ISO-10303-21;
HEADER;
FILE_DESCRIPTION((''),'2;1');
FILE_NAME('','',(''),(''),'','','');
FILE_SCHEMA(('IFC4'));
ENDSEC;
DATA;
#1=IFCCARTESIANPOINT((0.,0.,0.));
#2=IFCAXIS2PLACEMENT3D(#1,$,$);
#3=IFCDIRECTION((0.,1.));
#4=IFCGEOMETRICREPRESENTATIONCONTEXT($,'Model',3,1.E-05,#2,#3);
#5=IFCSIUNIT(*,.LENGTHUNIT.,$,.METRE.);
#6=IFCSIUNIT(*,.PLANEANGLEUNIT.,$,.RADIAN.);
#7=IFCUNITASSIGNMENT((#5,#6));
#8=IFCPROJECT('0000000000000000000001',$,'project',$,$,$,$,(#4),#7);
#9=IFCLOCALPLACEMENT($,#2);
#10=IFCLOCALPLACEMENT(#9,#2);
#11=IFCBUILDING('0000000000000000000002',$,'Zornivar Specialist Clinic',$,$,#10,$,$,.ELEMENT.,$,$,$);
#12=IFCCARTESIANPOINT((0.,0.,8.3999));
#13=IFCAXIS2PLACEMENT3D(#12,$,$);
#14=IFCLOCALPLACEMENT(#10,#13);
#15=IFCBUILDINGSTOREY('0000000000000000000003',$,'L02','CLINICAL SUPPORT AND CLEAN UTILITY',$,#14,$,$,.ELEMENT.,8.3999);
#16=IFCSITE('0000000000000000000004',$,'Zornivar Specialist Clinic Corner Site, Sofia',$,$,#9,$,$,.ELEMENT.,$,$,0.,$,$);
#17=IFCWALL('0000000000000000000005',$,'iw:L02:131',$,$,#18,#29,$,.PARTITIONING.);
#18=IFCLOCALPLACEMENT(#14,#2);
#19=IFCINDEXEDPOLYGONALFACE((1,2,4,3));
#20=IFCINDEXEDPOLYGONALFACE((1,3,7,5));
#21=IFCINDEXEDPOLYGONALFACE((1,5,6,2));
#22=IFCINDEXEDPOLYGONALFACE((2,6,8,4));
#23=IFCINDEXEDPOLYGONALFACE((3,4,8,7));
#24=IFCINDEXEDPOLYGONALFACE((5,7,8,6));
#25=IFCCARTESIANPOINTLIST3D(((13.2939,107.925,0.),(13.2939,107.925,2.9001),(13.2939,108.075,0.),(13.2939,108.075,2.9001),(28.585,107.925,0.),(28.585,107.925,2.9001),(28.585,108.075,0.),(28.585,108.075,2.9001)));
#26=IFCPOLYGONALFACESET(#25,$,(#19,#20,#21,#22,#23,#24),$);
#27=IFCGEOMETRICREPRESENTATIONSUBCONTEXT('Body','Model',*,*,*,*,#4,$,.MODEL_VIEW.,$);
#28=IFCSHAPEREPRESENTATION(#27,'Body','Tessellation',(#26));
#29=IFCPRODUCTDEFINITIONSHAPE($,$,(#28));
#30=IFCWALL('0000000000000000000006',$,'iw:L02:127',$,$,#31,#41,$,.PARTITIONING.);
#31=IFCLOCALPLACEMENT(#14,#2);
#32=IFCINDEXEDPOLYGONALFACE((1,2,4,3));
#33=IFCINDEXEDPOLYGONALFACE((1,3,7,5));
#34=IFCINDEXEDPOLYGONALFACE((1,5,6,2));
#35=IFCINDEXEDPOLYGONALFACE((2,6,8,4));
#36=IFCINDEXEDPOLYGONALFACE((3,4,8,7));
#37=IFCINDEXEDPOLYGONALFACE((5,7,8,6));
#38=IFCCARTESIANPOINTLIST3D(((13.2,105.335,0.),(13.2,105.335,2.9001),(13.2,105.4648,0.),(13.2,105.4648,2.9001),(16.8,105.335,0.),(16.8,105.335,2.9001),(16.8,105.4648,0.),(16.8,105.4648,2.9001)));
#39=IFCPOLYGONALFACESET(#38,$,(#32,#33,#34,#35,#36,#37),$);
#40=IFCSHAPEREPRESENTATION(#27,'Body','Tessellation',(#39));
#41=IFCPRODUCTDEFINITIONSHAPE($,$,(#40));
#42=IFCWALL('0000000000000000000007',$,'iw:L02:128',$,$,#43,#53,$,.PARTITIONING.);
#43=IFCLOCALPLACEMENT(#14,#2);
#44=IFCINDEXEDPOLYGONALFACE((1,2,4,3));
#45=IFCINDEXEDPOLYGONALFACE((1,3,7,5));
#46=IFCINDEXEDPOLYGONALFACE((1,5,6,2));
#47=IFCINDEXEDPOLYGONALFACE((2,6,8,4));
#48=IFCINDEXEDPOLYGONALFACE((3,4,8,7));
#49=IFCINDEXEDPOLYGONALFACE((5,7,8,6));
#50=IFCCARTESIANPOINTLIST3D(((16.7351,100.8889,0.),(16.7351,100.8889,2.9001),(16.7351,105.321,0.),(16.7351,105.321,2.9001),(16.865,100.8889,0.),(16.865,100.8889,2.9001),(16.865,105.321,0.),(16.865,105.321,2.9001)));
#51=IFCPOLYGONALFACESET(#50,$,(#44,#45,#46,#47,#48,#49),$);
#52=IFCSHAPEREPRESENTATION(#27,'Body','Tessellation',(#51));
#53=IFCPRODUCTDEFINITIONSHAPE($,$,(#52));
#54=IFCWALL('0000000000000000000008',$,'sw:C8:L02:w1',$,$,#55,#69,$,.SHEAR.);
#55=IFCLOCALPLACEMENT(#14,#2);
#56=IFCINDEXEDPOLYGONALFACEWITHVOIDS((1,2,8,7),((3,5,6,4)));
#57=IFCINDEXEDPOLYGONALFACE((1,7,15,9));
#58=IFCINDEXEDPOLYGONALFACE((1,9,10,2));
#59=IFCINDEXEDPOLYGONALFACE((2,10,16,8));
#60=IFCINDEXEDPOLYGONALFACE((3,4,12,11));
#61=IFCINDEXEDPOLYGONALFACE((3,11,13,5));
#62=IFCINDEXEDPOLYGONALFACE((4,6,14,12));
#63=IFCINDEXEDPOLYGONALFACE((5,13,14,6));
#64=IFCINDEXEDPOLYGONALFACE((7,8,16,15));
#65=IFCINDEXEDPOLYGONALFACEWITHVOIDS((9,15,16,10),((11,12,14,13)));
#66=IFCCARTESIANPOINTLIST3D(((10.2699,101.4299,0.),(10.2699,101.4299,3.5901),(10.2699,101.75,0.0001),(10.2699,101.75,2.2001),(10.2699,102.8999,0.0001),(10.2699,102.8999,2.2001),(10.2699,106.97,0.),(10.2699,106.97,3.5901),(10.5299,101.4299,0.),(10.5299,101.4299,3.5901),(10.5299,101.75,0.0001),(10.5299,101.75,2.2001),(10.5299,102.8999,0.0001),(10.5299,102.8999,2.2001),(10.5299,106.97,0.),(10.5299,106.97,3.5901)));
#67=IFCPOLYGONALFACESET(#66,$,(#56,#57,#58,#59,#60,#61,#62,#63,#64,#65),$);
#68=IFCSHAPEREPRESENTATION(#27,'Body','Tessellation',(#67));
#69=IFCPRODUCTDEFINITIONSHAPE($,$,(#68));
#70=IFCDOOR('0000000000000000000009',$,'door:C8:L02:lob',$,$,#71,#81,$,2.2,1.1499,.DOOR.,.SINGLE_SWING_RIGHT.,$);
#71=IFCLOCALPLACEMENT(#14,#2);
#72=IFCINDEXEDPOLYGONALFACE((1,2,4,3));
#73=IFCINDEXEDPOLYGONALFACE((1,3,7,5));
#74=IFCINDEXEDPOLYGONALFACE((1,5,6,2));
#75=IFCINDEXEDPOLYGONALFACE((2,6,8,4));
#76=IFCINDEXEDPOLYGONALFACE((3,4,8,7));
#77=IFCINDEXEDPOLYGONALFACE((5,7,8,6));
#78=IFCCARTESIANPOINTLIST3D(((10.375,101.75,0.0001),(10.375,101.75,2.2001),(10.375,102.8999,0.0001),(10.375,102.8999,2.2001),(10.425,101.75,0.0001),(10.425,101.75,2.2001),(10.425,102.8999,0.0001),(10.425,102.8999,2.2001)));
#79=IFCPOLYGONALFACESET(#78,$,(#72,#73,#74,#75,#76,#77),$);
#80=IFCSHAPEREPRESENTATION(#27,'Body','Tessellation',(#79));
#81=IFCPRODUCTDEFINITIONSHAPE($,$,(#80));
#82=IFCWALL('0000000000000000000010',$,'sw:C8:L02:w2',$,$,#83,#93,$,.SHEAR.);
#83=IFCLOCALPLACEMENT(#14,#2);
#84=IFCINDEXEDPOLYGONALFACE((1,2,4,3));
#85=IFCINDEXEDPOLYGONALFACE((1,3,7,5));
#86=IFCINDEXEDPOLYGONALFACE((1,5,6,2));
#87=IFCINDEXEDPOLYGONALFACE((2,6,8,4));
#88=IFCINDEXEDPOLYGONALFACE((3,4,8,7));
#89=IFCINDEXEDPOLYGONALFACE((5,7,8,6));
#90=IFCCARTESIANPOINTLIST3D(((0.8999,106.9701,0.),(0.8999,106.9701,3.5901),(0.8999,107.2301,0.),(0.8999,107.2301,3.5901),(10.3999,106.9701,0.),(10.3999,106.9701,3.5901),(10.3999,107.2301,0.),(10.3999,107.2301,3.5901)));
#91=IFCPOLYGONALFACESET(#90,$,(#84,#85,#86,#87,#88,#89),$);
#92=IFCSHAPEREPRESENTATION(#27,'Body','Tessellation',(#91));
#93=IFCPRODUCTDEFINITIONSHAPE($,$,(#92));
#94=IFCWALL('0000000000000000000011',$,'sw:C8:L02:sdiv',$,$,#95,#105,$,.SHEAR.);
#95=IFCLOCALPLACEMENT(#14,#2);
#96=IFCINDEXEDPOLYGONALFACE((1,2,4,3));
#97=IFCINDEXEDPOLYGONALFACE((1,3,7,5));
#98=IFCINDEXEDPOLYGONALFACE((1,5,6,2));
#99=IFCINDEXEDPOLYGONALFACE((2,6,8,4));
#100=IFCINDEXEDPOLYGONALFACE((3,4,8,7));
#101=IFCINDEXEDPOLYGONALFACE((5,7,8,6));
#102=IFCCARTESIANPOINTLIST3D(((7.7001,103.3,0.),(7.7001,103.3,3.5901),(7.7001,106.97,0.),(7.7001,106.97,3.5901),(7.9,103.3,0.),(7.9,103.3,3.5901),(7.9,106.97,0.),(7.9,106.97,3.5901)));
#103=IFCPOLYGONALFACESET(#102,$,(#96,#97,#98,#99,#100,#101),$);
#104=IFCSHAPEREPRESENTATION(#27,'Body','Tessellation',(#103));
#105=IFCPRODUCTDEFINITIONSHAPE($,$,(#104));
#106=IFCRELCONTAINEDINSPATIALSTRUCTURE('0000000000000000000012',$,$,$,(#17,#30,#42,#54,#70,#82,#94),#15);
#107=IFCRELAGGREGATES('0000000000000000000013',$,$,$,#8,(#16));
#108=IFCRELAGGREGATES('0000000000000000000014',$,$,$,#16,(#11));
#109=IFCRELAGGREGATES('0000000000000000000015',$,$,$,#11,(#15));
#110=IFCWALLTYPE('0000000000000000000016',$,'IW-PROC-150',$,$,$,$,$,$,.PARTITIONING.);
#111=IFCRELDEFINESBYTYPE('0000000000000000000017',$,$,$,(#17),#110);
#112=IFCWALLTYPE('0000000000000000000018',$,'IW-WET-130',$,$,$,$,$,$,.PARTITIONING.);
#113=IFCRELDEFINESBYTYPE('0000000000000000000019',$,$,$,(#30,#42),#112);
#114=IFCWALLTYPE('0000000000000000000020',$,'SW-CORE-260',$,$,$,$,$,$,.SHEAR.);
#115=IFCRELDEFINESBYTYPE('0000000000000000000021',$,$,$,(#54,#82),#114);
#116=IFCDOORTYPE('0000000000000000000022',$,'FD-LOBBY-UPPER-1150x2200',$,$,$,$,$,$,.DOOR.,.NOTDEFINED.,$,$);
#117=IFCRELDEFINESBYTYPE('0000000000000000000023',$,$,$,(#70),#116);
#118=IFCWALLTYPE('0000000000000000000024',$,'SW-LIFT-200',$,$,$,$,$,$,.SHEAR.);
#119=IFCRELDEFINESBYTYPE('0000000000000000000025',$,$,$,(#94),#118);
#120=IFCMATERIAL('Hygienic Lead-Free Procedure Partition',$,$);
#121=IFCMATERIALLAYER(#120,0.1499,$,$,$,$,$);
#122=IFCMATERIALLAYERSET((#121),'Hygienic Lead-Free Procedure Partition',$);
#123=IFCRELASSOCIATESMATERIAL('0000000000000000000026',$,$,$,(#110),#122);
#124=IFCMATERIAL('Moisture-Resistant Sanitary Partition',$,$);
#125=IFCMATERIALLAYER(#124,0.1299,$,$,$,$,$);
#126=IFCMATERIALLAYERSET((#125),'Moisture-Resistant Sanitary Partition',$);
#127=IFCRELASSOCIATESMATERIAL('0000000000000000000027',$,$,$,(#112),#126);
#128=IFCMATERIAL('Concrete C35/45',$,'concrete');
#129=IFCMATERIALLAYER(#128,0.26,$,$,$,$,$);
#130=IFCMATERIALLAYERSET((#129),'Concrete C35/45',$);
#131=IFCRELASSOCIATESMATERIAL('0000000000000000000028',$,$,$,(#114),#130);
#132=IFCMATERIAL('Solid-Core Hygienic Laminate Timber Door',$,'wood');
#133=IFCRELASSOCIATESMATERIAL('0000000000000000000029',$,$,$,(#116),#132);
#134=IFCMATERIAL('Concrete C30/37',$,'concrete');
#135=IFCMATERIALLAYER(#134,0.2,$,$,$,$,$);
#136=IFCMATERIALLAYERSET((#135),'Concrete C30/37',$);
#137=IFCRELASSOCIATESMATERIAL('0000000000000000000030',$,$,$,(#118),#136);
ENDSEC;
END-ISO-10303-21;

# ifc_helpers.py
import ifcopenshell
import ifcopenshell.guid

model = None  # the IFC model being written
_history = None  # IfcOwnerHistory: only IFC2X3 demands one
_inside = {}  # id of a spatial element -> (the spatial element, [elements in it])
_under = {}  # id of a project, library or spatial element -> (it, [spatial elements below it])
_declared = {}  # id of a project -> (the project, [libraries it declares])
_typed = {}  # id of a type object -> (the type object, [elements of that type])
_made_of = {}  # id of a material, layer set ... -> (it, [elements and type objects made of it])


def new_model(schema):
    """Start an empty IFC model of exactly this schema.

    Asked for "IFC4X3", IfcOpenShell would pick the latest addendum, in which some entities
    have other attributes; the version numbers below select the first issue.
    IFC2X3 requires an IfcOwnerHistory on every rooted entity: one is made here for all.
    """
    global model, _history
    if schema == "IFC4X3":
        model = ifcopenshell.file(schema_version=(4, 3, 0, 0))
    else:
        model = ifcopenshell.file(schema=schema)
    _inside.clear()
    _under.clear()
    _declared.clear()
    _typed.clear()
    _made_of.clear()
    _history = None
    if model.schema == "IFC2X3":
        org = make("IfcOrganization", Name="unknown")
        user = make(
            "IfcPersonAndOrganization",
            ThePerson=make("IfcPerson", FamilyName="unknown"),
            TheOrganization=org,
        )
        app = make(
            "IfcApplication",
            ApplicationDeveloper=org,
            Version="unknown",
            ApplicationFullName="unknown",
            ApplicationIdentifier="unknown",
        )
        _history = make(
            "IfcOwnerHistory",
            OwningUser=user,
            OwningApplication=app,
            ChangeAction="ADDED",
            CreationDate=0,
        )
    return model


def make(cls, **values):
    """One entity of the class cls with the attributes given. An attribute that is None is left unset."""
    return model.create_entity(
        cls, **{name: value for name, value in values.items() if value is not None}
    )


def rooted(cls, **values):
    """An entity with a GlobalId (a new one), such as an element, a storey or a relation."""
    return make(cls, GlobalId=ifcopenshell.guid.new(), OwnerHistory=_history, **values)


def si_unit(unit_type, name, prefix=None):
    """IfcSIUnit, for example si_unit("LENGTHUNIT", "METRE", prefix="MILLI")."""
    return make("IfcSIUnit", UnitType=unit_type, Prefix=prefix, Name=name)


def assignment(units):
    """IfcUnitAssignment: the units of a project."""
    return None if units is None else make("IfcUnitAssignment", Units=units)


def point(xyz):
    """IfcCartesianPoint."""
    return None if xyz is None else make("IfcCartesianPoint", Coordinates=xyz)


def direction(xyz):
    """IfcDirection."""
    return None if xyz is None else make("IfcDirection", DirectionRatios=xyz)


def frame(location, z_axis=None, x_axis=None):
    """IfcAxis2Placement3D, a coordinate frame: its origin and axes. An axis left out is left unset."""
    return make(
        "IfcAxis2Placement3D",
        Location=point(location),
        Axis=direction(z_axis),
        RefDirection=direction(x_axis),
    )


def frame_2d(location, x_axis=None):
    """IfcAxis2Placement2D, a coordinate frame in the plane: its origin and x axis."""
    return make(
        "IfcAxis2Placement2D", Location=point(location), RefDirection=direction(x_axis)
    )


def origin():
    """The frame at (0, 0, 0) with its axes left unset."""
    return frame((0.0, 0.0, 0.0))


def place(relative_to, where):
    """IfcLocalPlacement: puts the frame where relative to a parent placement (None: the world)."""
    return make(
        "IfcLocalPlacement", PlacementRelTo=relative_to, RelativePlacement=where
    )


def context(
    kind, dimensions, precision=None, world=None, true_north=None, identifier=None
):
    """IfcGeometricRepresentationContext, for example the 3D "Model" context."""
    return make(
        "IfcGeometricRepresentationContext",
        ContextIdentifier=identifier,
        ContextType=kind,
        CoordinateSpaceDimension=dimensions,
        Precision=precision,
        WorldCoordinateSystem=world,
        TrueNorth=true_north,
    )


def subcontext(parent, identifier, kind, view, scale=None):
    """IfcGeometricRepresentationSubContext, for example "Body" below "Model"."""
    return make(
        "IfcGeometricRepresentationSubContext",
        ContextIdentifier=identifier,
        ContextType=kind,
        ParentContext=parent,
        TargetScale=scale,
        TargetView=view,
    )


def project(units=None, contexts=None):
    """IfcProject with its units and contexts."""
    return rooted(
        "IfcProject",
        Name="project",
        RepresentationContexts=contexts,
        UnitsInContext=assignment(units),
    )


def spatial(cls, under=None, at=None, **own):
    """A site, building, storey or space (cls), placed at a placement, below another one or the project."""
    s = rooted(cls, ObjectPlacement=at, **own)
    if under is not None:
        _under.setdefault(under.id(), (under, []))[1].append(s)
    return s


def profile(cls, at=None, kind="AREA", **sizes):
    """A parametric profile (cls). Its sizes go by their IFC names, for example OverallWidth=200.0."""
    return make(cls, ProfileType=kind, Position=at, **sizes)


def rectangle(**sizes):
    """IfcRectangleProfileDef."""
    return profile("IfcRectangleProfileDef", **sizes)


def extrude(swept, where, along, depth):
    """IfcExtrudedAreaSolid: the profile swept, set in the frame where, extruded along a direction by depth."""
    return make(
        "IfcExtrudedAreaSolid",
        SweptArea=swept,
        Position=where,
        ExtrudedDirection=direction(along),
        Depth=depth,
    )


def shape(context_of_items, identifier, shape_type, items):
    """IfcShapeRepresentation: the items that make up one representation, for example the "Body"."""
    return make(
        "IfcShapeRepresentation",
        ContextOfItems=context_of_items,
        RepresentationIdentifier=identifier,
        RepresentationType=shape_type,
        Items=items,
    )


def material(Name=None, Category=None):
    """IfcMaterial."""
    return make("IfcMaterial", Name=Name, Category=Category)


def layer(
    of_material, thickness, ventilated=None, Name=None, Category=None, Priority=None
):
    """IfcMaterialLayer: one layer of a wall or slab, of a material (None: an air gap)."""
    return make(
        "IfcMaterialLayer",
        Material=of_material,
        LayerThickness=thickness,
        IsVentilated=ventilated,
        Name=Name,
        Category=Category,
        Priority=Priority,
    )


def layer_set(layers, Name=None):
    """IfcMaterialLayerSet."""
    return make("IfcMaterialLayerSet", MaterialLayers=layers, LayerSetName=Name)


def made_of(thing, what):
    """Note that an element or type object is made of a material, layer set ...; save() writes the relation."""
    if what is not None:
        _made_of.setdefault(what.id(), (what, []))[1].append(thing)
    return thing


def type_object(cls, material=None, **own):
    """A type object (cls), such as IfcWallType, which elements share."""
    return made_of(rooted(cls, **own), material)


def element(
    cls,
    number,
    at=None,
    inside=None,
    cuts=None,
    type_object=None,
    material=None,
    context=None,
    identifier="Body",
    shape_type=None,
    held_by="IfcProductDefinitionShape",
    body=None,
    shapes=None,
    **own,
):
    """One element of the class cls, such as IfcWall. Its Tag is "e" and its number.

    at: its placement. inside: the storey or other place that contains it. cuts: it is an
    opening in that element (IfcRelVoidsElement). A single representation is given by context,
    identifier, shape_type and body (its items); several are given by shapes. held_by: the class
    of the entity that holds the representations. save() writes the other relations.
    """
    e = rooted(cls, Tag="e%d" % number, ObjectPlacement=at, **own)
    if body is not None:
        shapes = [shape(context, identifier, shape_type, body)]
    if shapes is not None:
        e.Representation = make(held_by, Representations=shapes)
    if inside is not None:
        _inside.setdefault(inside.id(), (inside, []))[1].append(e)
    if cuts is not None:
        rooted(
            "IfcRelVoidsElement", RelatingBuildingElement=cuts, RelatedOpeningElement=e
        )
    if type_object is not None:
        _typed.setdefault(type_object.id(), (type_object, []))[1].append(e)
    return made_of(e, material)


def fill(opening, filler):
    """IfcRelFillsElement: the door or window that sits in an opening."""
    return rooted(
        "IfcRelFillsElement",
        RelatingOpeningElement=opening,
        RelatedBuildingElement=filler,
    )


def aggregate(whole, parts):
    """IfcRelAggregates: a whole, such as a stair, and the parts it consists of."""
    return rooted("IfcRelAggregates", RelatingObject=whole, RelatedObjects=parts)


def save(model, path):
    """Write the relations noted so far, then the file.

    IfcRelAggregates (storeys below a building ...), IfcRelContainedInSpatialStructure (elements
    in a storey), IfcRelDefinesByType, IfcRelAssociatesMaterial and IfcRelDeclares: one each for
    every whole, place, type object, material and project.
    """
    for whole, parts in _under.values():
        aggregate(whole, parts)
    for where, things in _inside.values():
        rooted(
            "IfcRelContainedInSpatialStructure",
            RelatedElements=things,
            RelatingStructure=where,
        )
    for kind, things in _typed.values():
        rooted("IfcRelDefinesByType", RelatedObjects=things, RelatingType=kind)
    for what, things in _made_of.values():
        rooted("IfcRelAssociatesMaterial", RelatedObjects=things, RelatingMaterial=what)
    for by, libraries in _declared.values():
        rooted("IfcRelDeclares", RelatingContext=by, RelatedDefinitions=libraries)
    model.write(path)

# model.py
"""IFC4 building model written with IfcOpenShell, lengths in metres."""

from ifc_helpers import new_model, si_unit, direction, frame, frame_2d, origin, place, context, subcontext, project, spatial, rectangle, extrude, material, layer, layer_set, type_object, element, fill, save


model = new_model("IFC4")

# Units and contexts
model_context = context("Model", 3, precision=1e-05, world=origin(), true_north=direction((0.0, 1.0)))
body_context = subcontext(model_context, "Body", "Model", "MODEL_VIEW")
ifc_project = project(units=[si_unit("LENGTHUNIT", "METRE"), si_unit("PLANEANGLEUNIT", "RADIAN")], contexts=[model_context])

# Site, building, storey
site_placement = place(None, origin())
site = spatial("IfcSite", under=ifc_project, at=site_placement, Name="Zornivar Specialist Clinic Corner Site, Sofia", CompositionType="ELEMENT", RefElevation=0.0)
building_placement = place(site_placement, origin())
building = spatial("IfcBuilding", under=site, at=building_placement, Name="Zornivar Specialist Clinic", CompositionType="ELEMENT")
storey_placement = place(building_placement, frame((0.0, 0.0, 8.3999)))
storey = spatial("IfcBuildingStorey", under=building, at=storey_placement, Name="L02", Description="CLINICAL SUPPORT AND CLEAN UTILITY", CompositionType="ELEMENT", Elevation=8.3999)

# Walls
ifc_material_1 = material(Name="Hygienic Lead-Free Procedure Partition")
ifc_layer_1 = layer(ifc_material_1, 0.1499)
ifc_layer_set_1 = layer_set([ifc_layer_1], Name="Hygienic Lead-Free Procedure Partition")
wall_type_1 = type_object("IfcWallType", Name="IW-PROC-150", PredefinedType="PARTITIONING", material=ifc_layer_set_1)
wall_1_placement = place(storey_placement, frame((13.2939, 108.0, 0.0), z_axis=(0.0, 0.0, 1.0), x_axis=(1.0, 0.0, 0.0)))
element("IfcWall", 1, at=wall_1_placement, inside=storey, type_object=wall_type_1, Name="iw:L02:131", PredefinedType="PARTITIONING", context=body_context, shape_type="SweptSolid", body=[
    extrude(rectangle(XDim=15.291, YDim=0.1499, at=frame_2d((7.6455, 0.0))), origin(), (0.0, 0.0, 1.0), 2.9001),
])
ifc_material_2 = material(Name="Moisture-Resistant Sanitary Partition")
ifc_layer_2 = layer(ifc_material_2, 0.1299)
ifc_layer_set_2 = layer_set([ifc_layer_2], Name="Moisture-Resistant Sanitary Partition")
wall_type_2 = type_object("IfcWallType", Name="IW-WET-130", PredefinedType="PARTITIONING", material=ifc_layer_set_2)
wall_2_placement = place(storey_placement, frame((13.2, 105.3999, 0.0), z_axis=(0.0, 0.0, 1.0), x_axis=(1.0, 0.0, 0.0)))
element("IfcWall", 2, at=wall_2_placement, inside=storey, type_object=wall_type_2, Name="iw:L02:127", PredefinedType="PARTITIONING", context=body_context, shape_type="SweptSolid", body=[
    extrude(rectangle(XDim=3.6001, YDim=0.1299, at=frame_2d((1.8, 0.0))), origin(), (0.0, 0.0, 1.0), 2.9001),
])
wall_3_placement = place(storey_placement, frame((16.8, 105.321, 0.0), z_axis=(0.0, 0.0, 1.0), x_axis=(0.0, -1.0, 0.0)))
element("IfcWall", 3, at=wall_3_placement, inside=storey, type_object=wall_type_2, Name="iw:L02:128", PredefinedType="PARTITIONING", context=body_context, shape_type="SweptSolid", body=[
    extrude(rectangle(XDim=4.4321, YDim=0.1299, at=frame_2d((2.2161, 0.0))), origin(), (0.0, 0.0, 1.0), 2.9001),
])

# Wall, opening, door
ifc_material_3 = material(Name="Concrete C35/45", Category="concrete")
ifc_layer_3 = layer(ifc_material_3, 0.26)
ifc_layer_set_3 = layer_set([ifc_layer_3], Name="Concrete C35/45")
wall_type_3 = type_object("IfcWallType", Name="SW-CORE-260", PredefinedType="SHEAR", material=ifc_layer_set_3)
wall_4_placement = place(storey_placement, frame((10.3999, 101.4299, 0.0), z_axis=(0.0, 0.0, 1.0), x_axis=(0.0, 1.0, 0.0)))
wall_4 = element("IfcWall", 4, at=wall_4_placement, inside=storey, type_object=wall_type_3, Name="sw:C8:L02:w1", PredefinedType="SHEAR", context=body_context, shape_type="SweptSolid", body=[
    extrude(rectangle(XDim=5.54, YDim=0.26, at=frame_2d((2.77, 0.0))), origin(), (0.0, 0.0, 1.0), 3.5901),
])
opening_1_placement = place(wall_4_placement, frame((0.3201, 0.0, 0.0)))
opening_1 = element("IfcOpeningElement", 5, at=opening_1_placement, cuts=wall_4, PredefinedType="OPENING", context=body_context, shape_type="SweptSolid", body=[
    extrude(rectangle(XDim=1.1499, YDim=2.2, at=frame_2d((0.575, 1.1001))), frame((0.0, 0.1399, 0.0), z_axis=(0.0, -1.0, 0.0), x_axis=(1.0, 0.0, 0.0)), (0.0, 0.0, 1.0), 0.28),
])
ifc_material_4 = material(Name="Solid-Core Hygienic Laminate Timber Door", Category="wood")
door_type_1 = type_object("IfcDoorType", Name="FD-LOBBY-UPPER-1150x2200", OperationType="NOTDEFINED", PredefinedType="DOOR", material=ifc_material_4)
door_1_placement = place(opening_1_placement, origin())
door_1 = element("IfcDoor", 6, at=door_1_placement, inside=storey, type_object=door_type_1, Name="door:C8:L02:lob", OperationType="SINGLE_SWING_RIGHT", OverallHeight=2.2, OverallWidth=1.1499, PredefinedType="DOOR", context=body_context, shape_type="SweptSolid", body=[
    extrude(rectangle(XDim=1.1499, YDim=2.2, at=frame_2d((0.575, 1.1001))), frame((0.0, 0.0249, 0.0), z_axis=(0.0, -1.0, 0.0), x_axis=(1.0, 0.0, 0.0)), (0.0, 0.0, 1.0), 0.05),
])
fill(opening_1, door_1)

# Walls
wall_5_placement = place(storey_placement, frame((10.3999, 107.1001, 0.0), z_axis=(0.0, 0.0, 1.0), x_axis=(-1.0, 0.0, 0.0)))
element("IfcWall", 7, at=wall_5_placement, inside=storey, type_object=wall_type_3, Name="sw:C8:L02:w2", PredefinedType="SHEAR", context=body_context, shape_type="SweptSolid", body=[
    extrude(rectangle(XDim=9.5, YDim=0.26, at=frame_2d((4.75, 0.0))), origin(), (0.0, 0.0, 1.0), 3.5901),
])
ifc_material_5 = material(Name="Concrete C30/37", Category="concrete")
ifc_layer_4 = layer(ifc_material_5, 0.2)
ifc_layer_set_4 = layer_set([ifc_layer_4], Name="Concrete C30/37")
wall_type_4 = type_object("IfcWallType", Name="SW-LIFT-200", PredefinedType="SHEAR", material=ifc_layer_set_4)
wall_6_placement = place(storey_placement, frame((7.8, 103.3, 0.0), z_axis=(0.0, 0.0, 1.0), x_axis=(0.0, 1.0, 0.0)))
element("IfcWall", 8, at=wall_6_placement, inside=storey, type_object=wall_type_4, Name="sw:C8:L02:sdiv", PredefinedType="SHEAR", context=body_context, shape_type="SweptSolid", body=[
    extrude(rectangle(XDim=3.6699, YDim=0.2, at=frame_2d((1.835, 0.0))), origin(), (0.0, 0.0, 1.0), 3.5901),
])

save(model, "model.ifc")
